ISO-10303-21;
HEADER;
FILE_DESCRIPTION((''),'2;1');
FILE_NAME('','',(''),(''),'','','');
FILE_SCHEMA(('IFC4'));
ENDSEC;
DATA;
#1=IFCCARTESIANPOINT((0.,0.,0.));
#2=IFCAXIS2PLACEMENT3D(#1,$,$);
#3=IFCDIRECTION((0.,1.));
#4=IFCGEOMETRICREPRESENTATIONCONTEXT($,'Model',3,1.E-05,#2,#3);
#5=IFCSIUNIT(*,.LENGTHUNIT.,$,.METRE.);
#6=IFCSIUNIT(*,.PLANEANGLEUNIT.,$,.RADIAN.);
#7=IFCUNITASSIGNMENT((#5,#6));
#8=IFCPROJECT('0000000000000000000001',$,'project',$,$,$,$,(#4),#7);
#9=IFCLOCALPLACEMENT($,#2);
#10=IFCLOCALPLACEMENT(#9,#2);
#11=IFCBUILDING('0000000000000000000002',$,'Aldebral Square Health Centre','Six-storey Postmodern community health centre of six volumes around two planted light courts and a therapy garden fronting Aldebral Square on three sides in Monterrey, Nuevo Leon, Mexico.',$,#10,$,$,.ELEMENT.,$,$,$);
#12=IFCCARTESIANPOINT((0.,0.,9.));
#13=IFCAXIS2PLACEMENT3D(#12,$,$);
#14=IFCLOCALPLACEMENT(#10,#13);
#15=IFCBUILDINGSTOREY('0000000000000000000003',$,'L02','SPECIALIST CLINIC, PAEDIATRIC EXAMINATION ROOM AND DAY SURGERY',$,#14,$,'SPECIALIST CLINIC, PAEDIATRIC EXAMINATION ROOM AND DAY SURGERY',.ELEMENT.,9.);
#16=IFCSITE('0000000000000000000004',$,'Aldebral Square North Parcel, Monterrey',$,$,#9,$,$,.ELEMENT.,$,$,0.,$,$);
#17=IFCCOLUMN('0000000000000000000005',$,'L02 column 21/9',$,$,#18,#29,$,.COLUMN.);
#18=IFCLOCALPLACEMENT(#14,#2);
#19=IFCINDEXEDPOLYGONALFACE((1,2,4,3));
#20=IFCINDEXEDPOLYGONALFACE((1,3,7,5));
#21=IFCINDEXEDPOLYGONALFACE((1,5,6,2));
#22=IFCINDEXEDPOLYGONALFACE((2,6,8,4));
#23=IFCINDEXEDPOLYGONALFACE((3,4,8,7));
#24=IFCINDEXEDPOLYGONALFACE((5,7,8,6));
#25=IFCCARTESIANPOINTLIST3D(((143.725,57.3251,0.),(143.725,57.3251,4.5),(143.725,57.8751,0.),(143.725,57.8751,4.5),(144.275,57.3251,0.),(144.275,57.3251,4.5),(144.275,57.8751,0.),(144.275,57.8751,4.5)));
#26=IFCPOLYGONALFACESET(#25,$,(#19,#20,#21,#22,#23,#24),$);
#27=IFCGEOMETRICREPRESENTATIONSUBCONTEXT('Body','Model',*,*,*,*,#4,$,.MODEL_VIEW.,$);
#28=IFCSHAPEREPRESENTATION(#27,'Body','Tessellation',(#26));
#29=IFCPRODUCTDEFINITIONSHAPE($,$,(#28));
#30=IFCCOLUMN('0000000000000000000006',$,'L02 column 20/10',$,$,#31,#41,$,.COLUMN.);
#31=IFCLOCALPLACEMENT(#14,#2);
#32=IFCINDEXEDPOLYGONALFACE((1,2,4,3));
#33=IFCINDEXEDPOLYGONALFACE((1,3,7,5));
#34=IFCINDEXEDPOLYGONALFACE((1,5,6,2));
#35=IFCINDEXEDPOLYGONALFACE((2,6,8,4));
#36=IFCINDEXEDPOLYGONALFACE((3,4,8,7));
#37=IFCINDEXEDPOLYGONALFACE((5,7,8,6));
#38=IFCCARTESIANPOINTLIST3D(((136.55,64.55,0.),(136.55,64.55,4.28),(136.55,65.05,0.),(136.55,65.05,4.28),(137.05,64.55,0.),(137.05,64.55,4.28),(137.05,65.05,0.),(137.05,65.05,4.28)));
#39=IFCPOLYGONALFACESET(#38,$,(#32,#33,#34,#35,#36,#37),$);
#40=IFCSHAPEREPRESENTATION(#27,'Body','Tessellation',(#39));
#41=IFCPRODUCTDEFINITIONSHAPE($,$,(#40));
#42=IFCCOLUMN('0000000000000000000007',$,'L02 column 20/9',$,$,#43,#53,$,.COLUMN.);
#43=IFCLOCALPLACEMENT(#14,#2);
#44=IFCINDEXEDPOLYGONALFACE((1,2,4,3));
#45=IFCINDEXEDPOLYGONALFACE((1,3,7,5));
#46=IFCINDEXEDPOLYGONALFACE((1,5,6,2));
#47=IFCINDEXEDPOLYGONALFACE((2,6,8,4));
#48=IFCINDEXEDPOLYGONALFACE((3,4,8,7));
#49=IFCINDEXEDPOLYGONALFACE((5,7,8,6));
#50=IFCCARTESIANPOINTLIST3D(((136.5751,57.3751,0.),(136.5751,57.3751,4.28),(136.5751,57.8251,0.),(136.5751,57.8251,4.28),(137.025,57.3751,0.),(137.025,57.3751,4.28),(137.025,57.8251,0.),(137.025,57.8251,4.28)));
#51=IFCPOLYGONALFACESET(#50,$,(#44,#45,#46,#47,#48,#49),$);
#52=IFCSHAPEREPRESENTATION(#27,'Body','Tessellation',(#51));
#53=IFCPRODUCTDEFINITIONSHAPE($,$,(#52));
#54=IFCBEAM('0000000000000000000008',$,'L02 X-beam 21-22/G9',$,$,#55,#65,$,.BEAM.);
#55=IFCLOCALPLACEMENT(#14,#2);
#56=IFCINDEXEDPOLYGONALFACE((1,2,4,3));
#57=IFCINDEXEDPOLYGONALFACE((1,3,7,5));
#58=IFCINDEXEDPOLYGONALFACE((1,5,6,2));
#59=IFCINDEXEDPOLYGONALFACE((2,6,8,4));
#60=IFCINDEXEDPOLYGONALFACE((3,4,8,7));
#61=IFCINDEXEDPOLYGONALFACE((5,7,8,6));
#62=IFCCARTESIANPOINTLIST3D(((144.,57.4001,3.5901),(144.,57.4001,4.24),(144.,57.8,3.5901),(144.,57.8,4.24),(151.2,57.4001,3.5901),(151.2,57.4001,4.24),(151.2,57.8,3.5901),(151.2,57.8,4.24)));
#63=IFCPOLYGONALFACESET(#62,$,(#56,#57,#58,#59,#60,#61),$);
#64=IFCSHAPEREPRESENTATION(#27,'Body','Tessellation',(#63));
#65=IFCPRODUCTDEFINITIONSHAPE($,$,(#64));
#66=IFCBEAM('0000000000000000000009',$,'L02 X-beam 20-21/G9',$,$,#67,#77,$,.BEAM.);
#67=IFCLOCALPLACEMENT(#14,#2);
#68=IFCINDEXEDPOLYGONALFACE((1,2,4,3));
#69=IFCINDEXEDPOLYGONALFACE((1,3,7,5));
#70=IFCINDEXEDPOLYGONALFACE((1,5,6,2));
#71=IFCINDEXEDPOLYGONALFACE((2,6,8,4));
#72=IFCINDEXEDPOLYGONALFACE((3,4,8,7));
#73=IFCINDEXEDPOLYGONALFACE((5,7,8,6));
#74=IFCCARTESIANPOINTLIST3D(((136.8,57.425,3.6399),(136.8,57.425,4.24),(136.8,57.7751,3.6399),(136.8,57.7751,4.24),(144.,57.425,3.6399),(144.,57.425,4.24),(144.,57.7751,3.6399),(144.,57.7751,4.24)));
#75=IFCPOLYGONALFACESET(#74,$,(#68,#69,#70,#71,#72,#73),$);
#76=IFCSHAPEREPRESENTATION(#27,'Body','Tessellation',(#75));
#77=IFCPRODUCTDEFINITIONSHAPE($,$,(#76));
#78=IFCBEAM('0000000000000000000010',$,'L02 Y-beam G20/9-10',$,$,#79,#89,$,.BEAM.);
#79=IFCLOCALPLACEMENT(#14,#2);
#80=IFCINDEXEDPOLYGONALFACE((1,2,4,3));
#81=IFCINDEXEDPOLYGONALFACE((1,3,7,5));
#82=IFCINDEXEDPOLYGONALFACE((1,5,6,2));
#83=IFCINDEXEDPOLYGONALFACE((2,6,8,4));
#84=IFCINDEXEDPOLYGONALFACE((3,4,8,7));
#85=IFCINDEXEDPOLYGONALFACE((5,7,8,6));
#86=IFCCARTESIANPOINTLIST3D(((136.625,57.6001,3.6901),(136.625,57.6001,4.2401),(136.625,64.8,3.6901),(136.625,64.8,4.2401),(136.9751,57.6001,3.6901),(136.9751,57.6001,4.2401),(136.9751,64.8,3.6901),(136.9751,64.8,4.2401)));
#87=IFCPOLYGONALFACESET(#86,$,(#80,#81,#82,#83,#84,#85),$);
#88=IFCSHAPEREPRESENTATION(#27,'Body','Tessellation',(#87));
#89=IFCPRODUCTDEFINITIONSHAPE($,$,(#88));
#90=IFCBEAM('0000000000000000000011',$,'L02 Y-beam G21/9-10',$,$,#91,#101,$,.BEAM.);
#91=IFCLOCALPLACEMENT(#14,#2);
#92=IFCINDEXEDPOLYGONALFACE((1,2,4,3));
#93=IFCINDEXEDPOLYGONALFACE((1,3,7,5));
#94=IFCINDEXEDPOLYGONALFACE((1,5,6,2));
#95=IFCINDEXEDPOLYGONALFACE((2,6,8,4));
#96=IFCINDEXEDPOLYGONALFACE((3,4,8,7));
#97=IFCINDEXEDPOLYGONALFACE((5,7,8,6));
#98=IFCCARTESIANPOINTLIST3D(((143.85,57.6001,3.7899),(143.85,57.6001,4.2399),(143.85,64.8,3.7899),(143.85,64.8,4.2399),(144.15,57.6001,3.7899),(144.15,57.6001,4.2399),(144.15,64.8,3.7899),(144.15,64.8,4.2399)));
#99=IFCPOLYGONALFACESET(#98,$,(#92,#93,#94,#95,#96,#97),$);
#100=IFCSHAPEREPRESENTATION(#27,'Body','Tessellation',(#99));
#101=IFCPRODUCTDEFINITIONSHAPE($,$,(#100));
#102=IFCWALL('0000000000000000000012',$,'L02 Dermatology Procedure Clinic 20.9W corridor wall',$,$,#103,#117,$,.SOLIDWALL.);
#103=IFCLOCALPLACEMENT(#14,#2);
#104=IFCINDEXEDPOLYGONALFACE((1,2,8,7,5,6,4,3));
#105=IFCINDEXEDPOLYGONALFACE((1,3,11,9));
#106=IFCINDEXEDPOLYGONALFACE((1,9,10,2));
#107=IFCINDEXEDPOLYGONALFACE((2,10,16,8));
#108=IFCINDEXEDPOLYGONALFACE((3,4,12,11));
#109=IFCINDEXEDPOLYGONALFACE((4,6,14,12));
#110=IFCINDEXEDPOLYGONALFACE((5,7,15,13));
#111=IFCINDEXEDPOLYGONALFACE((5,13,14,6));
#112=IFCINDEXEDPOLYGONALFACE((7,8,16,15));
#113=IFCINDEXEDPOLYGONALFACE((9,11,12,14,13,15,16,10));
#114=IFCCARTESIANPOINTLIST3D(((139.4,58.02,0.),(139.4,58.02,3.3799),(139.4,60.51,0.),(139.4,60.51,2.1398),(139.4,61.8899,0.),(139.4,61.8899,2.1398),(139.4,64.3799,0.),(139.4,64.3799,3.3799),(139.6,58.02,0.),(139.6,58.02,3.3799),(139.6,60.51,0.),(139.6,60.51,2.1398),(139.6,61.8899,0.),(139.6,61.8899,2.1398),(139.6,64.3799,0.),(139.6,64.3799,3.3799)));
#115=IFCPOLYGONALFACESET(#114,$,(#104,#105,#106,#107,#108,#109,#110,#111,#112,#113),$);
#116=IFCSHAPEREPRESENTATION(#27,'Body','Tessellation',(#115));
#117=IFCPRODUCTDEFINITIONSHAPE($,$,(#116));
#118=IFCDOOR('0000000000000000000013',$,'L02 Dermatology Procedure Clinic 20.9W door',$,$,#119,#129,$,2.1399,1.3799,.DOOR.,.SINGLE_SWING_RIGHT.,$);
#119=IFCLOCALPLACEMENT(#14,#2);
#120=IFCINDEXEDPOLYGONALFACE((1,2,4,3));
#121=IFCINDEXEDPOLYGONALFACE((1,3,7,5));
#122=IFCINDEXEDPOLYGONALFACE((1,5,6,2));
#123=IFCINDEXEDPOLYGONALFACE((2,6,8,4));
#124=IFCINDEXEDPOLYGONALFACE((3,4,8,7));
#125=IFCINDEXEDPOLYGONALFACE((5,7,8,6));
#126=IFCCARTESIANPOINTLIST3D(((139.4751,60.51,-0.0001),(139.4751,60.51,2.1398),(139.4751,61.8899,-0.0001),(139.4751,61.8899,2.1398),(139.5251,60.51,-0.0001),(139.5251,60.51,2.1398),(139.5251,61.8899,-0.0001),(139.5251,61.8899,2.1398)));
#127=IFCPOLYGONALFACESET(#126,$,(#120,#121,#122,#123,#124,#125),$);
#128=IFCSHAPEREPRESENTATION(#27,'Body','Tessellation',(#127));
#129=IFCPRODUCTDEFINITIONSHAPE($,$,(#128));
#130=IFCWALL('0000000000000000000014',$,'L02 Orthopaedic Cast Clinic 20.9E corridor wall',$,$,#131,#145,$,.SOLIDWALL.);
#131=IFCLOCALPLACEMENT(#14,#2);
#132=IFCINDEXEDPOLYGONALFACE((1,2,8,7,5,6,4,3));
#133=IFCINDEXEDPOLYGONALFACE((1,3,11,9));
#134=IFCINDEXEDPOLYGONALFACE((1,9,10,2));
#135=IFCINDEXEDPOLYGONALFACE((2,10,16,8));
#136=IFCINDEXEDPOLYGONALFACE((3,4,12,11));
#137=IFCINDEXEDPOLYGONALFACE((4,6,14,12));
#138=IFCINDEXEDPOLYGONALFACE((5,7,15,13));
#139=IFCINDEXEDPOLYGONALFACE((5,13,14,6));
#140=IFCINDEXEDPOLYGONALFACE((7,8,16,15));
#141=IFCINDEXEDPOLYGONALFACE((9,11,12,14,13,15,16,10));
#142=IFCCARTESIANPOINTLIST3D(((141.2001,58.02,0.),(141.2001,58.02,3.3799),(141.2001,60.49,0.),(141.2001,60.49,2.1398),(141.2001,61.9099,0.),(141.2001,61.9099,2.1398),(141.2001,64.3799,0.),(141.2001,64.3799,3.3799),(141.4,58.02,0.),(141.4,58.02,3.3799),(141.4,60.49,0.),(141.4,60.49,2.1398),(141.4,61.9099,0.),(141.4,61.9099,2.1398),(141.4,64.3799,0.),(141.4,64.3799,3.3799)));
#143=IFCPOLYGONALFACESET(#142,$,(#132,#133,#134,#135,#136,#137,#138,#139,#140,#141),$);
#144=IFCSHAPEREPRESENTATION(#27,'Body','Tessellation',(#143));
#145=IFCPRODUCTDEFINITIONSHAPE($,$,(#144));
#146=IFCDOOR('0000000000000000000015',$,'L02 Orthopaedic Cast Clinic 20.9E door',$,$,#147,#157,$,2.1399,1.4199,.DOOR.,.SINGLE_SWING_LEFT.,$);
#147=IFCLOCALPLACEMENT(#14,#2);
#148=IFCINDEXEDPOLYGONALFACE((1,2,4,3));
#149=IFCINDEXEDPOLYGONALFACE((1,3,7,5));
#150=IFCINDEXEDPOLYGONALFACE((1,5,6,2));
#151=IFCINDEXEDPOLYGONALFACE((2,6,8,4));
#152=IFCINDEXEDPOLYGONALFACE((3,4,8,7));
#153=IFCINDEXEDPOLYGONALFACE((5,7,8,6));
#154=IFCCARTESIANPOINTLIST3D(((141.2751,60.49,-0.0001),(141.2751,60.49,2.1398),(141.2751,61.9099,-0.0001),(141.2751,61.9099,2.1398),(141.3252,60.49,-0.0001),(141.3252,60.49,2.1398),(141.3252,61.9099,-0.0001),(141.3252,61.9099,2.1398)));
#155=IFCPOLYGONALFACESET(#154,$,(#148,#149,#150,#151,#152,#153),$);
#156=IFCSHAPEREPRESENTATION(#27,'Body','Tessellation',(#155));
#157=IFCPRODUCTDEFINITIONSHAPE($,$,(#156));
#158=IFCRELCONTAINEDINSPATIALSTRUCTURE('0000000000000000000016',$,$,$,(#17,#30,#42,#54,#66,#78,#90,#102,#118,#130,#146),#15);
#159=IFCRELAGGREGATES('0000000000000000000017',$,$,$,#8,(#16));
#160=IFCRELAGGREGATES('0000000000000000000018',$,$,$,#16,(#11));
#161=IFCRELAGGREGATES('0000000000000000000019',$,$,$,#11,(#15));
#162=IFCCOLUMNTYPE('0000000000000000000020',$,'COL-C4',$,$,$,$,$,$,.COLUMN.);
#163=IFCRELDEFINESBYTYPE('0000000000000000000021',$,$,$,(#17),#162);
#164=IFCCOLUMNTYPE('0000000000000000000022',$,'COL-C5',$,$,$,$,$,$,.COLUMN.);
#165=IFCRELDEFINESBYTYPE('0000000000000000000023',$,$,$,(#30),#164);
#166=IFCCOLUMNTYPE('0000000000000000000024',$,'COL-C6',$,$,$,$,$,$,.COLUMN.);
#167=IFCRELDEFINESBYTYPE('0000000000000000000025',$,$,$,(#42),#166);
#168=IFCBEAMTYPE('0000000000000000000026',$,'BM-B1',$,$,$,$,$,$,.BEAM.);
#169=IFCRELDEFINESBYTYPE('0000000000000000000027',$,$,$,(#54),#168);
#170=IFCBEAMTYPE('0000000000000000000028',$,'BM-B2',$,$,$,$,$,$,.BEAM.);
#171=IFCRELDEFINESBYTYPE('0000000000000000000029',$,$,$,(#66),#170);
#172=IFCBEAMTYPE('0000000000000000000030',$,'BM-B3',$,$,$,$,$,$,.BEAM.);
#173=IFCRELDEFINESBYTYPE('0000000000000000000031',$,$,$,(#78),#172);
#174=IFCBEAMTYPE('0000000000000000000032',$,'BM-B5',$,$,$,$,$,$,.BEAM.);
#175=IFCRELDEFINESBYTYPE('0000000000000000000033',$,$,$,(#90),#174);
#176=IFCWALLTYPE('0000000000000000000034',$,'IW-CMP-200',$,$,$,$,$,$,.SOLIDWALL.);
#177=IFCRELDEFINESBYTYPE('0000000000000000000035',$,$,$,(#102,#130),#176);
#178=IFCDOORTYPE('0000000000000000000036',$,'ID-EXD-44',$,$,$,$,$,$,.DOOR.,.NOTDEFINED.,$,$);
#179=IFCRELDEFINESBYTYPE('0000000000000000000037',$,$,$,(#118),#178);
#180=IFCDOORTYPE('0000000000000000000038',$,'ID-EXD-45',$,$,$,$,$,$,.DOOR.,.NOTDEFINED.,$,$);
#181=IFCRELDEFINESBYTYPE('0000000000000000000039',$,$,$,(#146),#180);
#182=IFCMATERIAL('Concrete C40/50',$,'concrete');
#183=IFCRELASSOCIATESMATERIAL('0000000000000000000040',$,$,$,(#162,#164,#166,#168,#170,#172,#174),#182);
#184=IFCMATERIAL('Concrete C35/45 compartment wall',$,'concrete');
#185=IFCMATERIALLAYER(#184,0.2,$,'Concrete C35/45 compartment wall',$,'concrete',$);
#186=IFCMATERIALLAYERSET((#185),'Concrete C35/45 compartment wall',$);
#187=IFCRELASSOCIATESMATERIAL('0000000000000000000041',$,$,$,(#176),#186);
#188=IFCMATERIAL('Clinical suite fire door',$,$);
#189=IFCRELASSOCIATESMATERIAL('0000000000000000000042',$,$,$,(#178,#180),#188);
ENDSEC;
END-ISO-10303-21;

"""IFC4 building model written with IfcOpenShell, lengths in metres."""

from ifc_helpers import new_model, si_unit, direction, frame, frame_2d, origin, origin_2d, place, context, subcontext, project, spatial, rectangle, extrude, material, layer, layer_set, material_profile, profile_set, type_object, element, fill, save


model = new_model("IFC4")

# Units and contexts
model_context = context("Model", 3, precision=1e-05, world=origin(), true_north=direction((0.0, 1.0)))
body_context = subcontext(model_context, "Body", "Model", "MODEL_VIEW")
ifc_project = project(units=[si_unit("LENGTHUNIT", "METRE"), si_unit("PLANEANGLEUNIT", "RADIAN")], contexts=[model_context])

# Site, building, storey
site_placement = place(None, origin())
site = spatial("IfcSite", under=ifc_project, at=site_placement, Name="Aldebral Square North Parcel, Monterrey", CompositionType="ELEMENT", RefElevation=0.0)
building_placement = place(site_placement, origin())
building = spatial("IfcBuilding", under=site, at=building_placement, Name="Aldebral Square Health Centre", Description="Six-storey Postmodern community health centre of six volumes around two planted light courts and a therapy garden fronting Aldebral Square on three sides in Monterrey, Nuevo Leon, Mexico.", CompositionType="ELEMENT")
storey_placement = place(building_placement, frame((0.0, 0.0, 9.0)))
storey = spatial("IfcBuildingStorey", under=building, at=storey_placement, Name="L02", Description="SPECIALIST CLINIC, PAEDIATRIC EXAMINATION ROOM AND DAY SURGERY", LongName="SPECIALIST CLINIC, PAEDIATRIC EXAMINATION ROOM AND DAY SURGERY", CompositionType="ELEMENT", Elevation=9.0)

# Columns
ifc_material_1 = material(Name="Concrete C40/50", Category="concrete")
ifc_material_profile_1 = material_profile(ifc_material_1, rectangle(XDim=0.55, YDim=0.55, at=origin_2d()), Name="RC 550x550")
ifc_profile_set_1 = profile_set([ifc_material_profile_1], Name="Concrete C40/50")
column_type_1 = type_object("IfcColumnType", Name="COL-C4", PredefinedType="COLUMN", material=ifc_profile_set_1)
column_1_placement = place(storey_placement, frame((144.0, 57.6001, 0.0), z_axis=(0.0, 0.0, 1.0), x_axis=(1.0, 0.0, 0.0)))
element("IfcColumn", 1, at=column_1_placement, inside=storey, type_object=column_type_1, Name="L02 column 21/9", PredefinedType="COLUMN", context=body_context, shape_type="SweptSolid", body=[
    extrude(rectangle(XDim=0.55, YDim=0.55, at=origin_2d()), origin(), (0.0, 0.0, 1.0), 4.5),
])
ifc_material_profile_2 = material_profile(ifc_material_1, rectangle(XDim=0.5, YDim=0.5, at=origin_2d()), Name="RC 500x500")
ifc_profile_set_2 = profile_set([ifc_material_profile_2], Name="Concrete C40/50")
column_type_2 = type_object("IfcColumnType", Name="COL-C5", PredefinedType="COLUMN", material=ifc_profile_set_2)
column_2_placement = place(storey_placement, frame((136.8, 64.8, 0.0), z_axis=(0.0, 0.0, 1.0), x_axis=(1.0, 0.0, 0.0)))
element("IfcColumn", 2, at=column_2_placement, inside=storey, type_object=column_type_2, Name="L02 column 20/10", PredefinedType="COLUMN", context=body_context, shape_type="SweptSolid", body=[
    extrude(rectangle(XDim=0.5, YDim=0.5, at=origin_2d()), origin(), (0.0, 0.0, 1.0), 4.28),
])
ifc_material_profile_3 = material_profile(ifc_material_1, rectangle(XDim=0.45, YDim=0.45, at=origin_2d()), Name="RC 450x450")
ifc_profile_set_3 = profile_set([ifc_material_profile_3], Name="Concrete C40/50")
column_type_3 = type_object("IfcColumnType", Name="COL-C6", PredefinedType="COLUMN", material=ifc_profile_set_3)
column_3_placement = place(storey_placement, frame((136.8, 57.6001, 0.0), z_axis=(0.0, 0.0, 1.0), x_axis=(1.0, 0.0, 0.0)))
element("IfcColumn", 3, at=column_3_placement, inside=storey, type_object=column_type_3, Name="L02 column 20/9", PredefinedType="COLUMN", context=body_context, shape_type="SweptSolid", body=[
    extrude(rectangle(XDim=0.45, YDim=0.45, at=origin_2d()), origin(), (0.0, 0.0, 1.0), 4.28),
])

# Beams
ifc_material_profile_4 = material_profile(ifc_material_1, rectangle(XDim=0.3999, YDim=0.6499, at=origin_2d()), Name="RC 400x650")
ifc_profile_set_4 = profile_set([ifc_material_profile_4], Name="Concrete C40/50")
beam_type_1 = type_object("IfcBeamType", Name="BM-B1", PredefinedType="BEAM", material=ifc_profile_set_4)
beam_1_placement = place(storey_placement, frame((144.0, 57.6001, 3.915), z_axis=(1.0, 0.0, 0.0), x_axis=(0.0, 1.0, 0.0)))
element("IfcBeam", 4, at=beam_1_placement, inside=storey, type_object=beam_type_1, Name="L02 X-beam 21-22/G9", PredefinedType="BEAM", context=body_context, shape_type="SweptSolid", body=[
    extrude(rectangle(XDim=0.3999, YDim=0.6499, at=origin_2d()), origin(), (0.0, 0.0, 1.0), 7.2),
])
ifc_material_profile_5 = material_profile(ifc_material_1, rectangle(XDim=0.3501, YDim=0.6001, at=origin_2d()), Name="RC 350x600")
ifc_profile_set_5 = profile_set([ifc_material_profile_5], Name="Concrete C40/50")
beam_type_2 = type_object("IfcBeamType", Name="BM-B2", PredefinedType="BEAM", material=ifc_profile_set_5)
beam_2_placement = place(storey_placement, frame((136.8, 57.6001, 3.9399), z_axis=(1.0, 0.0, 0.0), x_axis=(0.0, 1.0, 0.0)))
element("IfcBeam", 5, at=beam_2_placement, inside=storey, type_object=beam_type_2, Name="L02 X-beam 20-21/G9", PredefinedType="BEAM", context=body_context, shape_type="SweptSolid", body=[
    extrude(rectangle(XDim=0.3501, YDim=0.6001, at=origin_2d()), origin(), (0.0, 0.0, 1.0), 7.2),
])
ifc_material_profile_6 = material_profile(ifc_material_1, rectangle(XDim=0.3501, YDim=0.55, at=origin_2d()), Name="RC 350x550")
ifc_profile_set_6 = profile_set([ifc_material_profile_6], Name="Concrete C40/50")
beam_type_3 = type_object("IfcBeamType", Name="BM-B3", PredefinedType="BEAM", material=ifc_profile_set_6)
beam_3_placement = place(storey_placement, frame((136.8, 57.6001, 3.9651), z_axis=(0.0, 1.0, 0.0), x_axis=(-1.0, 0.0, 0.0)))
element("IfcBeam", 6, at=beam_3_placement, inside=storey, type_object=beam_type_3, Name="L02 Y-beam G20/9-10", PredefinedType="BEAM", context=body_context, shape_type="SweptSolid", body=[
    extrude(rectangle(XDim=0.3501, YDim=0.55, at=origin_2d()), origin(), (0.0, 0.0, 1.0), 7.2),
])
ifc_material_profile_7 = material_profile(ifc_material_1, rectangle(XDim=0.3, YDim=0.45, at=origin_2d()), Name="RC 300x450")
ifc_profile_set_7 = profile_set([ifc_material_profile_7], Name="Concrete C40/50")
beam_type_4 = type_object("IfcBeamType", Name="BM-B5", PredefinedType="BEAM", material=ifc_profile_set_7)
beam_4_placement = place(storey_placement, frame((144.0, 57.6001, 4.0149), z_axis=(0.0, 1.0, 0.0), x_axis=(-1.0, 0.0, 0.0)))
element("IfcBeam", 7, at=beam_4_placement, inside=storey, type_object=beam_type_4, Name="L02 Y-beam G21/9-10", PredefinedType="BEAM", context=body_context, shape_type="SweptSolid", body=[
    extrude(rectangle(XDim=0.3, YDim=0.45, at=origin_2d()), origin(), (0.0, 0.0, 1.0), 7.2),
])

# Walls, openings, doors
ifc_material_2 = material(Name="Concrete C35/45 compartment wall", Category="concrete")
ifc_layer_1 = layer(ifc_material_2, 0.2, Name="Concrete C35/45 compartment wall", Category="concrete")
ifc_layer_set_1 = layer_set([ifc_layer_1], Name="Concrete C35/45 compartment wall")
wall_type_1 = type_object("IfcWallType", Name="IW-CMP-200", PredefinedType="SOLIDWALL", material=ifc_layer_set_1)
wall_1_placement = place(storey_placement, frame((139.5, 58.02, 0.0), z_axis=(0.0, 0.0, 1.0), x_axis=(0.0, 1.0, 0.0)))
wall_1 = element("IfcWall", 8, at=wall_1_placement, inside=storey, type_object=wall_type_1, Name="L02 Dermatology Procedure Clinic 20.9W corridor wall", PredefinedType="SOLIDWALL", context=body_context, shape_type="SweptSolid", body=[
    extrude(rectangle(XDim=6.3599, YDim=0.2, at=frame_2d((3.1799, 0.0))), origin(), (0.0, 0.0, 1.0), 3.3799),
])
opening_1_placement = place(wall_1_placement, frame((2.49, 0.0, 0.0)))
opening_1 = element("IfcOpeningElement", 9, at=opening_1_placement, cuts=wall_1, PredefinedType="OPENING", context=body_context, shape_type="SweptSolid", body=[
    extrude(rectangle(XDim=1.3799, YDim=2.1399, at=frame_2d((0.6899, 1.0698))), frame((0.0, 0.1099, 0.0), z_axis=(0.0, -1.0, 0.0), x_axis=(1.0, 0.0, 0.0)), (0.0, 0.0, 1.0), 0.22),
])
ifc_material_3 = material(Name="Clinical suite fire door")
door_type_1 = type_object("IfcDoorType", Name="ID-EXD-44", OperationType="NOTDEFINED", PredefinedType="DOOR", material=ifc_material_3)
door_1_placement = place(opening_1_placement, origin())
door_1 = element("IfcDoor", 10, at=door_1_placement, inside=storey, type_object=door_type_1, Name="L02 Dermatology Procedure Clinic 20.9W door", OperationType="SINGLE_SWING_RIGHT", OverallHeight=2.1399, OverallWidth=1.3799, PredefinedType="DOOR", context=body_context, shape_type="SweptSolid", body=[
    extrude(rectangle(XDim=1.3799, YDim=2.1399, at=frame_2d((0.6899, 1.0698))), frame((0.0, 0.0249, 0.0), z_axis=(0.0, -1.0, 0.0), x_axis=(1.0, 0.0, 0.0)), (0.0, 0.0, 1.0), 0.05),
])
fill(opening_1, door_1)
wall_2_placement = place(storey_placement, frame((141.3, 58.02, 0.0), z_axis=(0.0, 0.0, 1.0), x_axis=(0.0, 1.0, 0.0)))
wall_2 = element("IfcWall", 11, at=wall_2_placement, inside=storey, type_object=wall_type_1, Name="L02 Orthopaedic Cast Clinic 20.9E corridor wall", PredefinedType="SOLIDWALL", context=body_context, shape_type="SweptSolid", body=[
    extrude(rectangle(XDim=6.3599, YDim=0.2, at=frame_2d((3.1799, 0.0))), origin(), (0.0, 0.0, 1.0), 3.3799),
])
opening_2_placement = place(wall_2_placement, frame((2.47, 0.0, 0.0)))
opening_2 = element("IfcOpeningElement", 12, at=opening_2_placement, cuts=wall_2, PredefinedType="OPENING", context=body_context, shape_type="SweptSolid", body=[
    extrude(rectangle(XDim=1.4199, YDim=2.1399, at=frame_2d((0.71, 1.0698))), frame((0.0, 0.1099, 0.0), z_axis=(0.0, -1.0, 0.0), x_axis=(1.0, 0.0, 0.0)), (0.0, 0.0, 1.0), 0.22),
])
door_type_2 = type_object("IfcDoorType", Name="ID-EXD-45", OperationType="NOTDEFINED", PredefinedType="DOOR", material=ifc_material_3)
door_2_placement = place(opening_2_placement, origin())
door_2 = element("IfcDoor", 13, at=door_2_placement, inside=storey, type_object=door_type_2, Name="L02 Orthopaedic Cast Clinic 20.9E door", OperationType="SINGLE_SWING_LEFT", OverallHeight=2.1399, OverallWidth=1.4199, PredefinedType="DOOR", context=body_context, shape_type="SweptSolid", body=[
    extrude(rectangle(XDim=1.4199, YDim=2.1399, at=frame_2d((0.71, 1.0698))), frame((0.0, 0.0249, 0.0), z_axis=(0.0, -1.0, 0.0), x_axis=(1.0, 0.0, 0.0)), (0.0, 0.0, 1.0), 0.05),
])
fill(opening_2, door_2)

save(model, "model.ifc")
